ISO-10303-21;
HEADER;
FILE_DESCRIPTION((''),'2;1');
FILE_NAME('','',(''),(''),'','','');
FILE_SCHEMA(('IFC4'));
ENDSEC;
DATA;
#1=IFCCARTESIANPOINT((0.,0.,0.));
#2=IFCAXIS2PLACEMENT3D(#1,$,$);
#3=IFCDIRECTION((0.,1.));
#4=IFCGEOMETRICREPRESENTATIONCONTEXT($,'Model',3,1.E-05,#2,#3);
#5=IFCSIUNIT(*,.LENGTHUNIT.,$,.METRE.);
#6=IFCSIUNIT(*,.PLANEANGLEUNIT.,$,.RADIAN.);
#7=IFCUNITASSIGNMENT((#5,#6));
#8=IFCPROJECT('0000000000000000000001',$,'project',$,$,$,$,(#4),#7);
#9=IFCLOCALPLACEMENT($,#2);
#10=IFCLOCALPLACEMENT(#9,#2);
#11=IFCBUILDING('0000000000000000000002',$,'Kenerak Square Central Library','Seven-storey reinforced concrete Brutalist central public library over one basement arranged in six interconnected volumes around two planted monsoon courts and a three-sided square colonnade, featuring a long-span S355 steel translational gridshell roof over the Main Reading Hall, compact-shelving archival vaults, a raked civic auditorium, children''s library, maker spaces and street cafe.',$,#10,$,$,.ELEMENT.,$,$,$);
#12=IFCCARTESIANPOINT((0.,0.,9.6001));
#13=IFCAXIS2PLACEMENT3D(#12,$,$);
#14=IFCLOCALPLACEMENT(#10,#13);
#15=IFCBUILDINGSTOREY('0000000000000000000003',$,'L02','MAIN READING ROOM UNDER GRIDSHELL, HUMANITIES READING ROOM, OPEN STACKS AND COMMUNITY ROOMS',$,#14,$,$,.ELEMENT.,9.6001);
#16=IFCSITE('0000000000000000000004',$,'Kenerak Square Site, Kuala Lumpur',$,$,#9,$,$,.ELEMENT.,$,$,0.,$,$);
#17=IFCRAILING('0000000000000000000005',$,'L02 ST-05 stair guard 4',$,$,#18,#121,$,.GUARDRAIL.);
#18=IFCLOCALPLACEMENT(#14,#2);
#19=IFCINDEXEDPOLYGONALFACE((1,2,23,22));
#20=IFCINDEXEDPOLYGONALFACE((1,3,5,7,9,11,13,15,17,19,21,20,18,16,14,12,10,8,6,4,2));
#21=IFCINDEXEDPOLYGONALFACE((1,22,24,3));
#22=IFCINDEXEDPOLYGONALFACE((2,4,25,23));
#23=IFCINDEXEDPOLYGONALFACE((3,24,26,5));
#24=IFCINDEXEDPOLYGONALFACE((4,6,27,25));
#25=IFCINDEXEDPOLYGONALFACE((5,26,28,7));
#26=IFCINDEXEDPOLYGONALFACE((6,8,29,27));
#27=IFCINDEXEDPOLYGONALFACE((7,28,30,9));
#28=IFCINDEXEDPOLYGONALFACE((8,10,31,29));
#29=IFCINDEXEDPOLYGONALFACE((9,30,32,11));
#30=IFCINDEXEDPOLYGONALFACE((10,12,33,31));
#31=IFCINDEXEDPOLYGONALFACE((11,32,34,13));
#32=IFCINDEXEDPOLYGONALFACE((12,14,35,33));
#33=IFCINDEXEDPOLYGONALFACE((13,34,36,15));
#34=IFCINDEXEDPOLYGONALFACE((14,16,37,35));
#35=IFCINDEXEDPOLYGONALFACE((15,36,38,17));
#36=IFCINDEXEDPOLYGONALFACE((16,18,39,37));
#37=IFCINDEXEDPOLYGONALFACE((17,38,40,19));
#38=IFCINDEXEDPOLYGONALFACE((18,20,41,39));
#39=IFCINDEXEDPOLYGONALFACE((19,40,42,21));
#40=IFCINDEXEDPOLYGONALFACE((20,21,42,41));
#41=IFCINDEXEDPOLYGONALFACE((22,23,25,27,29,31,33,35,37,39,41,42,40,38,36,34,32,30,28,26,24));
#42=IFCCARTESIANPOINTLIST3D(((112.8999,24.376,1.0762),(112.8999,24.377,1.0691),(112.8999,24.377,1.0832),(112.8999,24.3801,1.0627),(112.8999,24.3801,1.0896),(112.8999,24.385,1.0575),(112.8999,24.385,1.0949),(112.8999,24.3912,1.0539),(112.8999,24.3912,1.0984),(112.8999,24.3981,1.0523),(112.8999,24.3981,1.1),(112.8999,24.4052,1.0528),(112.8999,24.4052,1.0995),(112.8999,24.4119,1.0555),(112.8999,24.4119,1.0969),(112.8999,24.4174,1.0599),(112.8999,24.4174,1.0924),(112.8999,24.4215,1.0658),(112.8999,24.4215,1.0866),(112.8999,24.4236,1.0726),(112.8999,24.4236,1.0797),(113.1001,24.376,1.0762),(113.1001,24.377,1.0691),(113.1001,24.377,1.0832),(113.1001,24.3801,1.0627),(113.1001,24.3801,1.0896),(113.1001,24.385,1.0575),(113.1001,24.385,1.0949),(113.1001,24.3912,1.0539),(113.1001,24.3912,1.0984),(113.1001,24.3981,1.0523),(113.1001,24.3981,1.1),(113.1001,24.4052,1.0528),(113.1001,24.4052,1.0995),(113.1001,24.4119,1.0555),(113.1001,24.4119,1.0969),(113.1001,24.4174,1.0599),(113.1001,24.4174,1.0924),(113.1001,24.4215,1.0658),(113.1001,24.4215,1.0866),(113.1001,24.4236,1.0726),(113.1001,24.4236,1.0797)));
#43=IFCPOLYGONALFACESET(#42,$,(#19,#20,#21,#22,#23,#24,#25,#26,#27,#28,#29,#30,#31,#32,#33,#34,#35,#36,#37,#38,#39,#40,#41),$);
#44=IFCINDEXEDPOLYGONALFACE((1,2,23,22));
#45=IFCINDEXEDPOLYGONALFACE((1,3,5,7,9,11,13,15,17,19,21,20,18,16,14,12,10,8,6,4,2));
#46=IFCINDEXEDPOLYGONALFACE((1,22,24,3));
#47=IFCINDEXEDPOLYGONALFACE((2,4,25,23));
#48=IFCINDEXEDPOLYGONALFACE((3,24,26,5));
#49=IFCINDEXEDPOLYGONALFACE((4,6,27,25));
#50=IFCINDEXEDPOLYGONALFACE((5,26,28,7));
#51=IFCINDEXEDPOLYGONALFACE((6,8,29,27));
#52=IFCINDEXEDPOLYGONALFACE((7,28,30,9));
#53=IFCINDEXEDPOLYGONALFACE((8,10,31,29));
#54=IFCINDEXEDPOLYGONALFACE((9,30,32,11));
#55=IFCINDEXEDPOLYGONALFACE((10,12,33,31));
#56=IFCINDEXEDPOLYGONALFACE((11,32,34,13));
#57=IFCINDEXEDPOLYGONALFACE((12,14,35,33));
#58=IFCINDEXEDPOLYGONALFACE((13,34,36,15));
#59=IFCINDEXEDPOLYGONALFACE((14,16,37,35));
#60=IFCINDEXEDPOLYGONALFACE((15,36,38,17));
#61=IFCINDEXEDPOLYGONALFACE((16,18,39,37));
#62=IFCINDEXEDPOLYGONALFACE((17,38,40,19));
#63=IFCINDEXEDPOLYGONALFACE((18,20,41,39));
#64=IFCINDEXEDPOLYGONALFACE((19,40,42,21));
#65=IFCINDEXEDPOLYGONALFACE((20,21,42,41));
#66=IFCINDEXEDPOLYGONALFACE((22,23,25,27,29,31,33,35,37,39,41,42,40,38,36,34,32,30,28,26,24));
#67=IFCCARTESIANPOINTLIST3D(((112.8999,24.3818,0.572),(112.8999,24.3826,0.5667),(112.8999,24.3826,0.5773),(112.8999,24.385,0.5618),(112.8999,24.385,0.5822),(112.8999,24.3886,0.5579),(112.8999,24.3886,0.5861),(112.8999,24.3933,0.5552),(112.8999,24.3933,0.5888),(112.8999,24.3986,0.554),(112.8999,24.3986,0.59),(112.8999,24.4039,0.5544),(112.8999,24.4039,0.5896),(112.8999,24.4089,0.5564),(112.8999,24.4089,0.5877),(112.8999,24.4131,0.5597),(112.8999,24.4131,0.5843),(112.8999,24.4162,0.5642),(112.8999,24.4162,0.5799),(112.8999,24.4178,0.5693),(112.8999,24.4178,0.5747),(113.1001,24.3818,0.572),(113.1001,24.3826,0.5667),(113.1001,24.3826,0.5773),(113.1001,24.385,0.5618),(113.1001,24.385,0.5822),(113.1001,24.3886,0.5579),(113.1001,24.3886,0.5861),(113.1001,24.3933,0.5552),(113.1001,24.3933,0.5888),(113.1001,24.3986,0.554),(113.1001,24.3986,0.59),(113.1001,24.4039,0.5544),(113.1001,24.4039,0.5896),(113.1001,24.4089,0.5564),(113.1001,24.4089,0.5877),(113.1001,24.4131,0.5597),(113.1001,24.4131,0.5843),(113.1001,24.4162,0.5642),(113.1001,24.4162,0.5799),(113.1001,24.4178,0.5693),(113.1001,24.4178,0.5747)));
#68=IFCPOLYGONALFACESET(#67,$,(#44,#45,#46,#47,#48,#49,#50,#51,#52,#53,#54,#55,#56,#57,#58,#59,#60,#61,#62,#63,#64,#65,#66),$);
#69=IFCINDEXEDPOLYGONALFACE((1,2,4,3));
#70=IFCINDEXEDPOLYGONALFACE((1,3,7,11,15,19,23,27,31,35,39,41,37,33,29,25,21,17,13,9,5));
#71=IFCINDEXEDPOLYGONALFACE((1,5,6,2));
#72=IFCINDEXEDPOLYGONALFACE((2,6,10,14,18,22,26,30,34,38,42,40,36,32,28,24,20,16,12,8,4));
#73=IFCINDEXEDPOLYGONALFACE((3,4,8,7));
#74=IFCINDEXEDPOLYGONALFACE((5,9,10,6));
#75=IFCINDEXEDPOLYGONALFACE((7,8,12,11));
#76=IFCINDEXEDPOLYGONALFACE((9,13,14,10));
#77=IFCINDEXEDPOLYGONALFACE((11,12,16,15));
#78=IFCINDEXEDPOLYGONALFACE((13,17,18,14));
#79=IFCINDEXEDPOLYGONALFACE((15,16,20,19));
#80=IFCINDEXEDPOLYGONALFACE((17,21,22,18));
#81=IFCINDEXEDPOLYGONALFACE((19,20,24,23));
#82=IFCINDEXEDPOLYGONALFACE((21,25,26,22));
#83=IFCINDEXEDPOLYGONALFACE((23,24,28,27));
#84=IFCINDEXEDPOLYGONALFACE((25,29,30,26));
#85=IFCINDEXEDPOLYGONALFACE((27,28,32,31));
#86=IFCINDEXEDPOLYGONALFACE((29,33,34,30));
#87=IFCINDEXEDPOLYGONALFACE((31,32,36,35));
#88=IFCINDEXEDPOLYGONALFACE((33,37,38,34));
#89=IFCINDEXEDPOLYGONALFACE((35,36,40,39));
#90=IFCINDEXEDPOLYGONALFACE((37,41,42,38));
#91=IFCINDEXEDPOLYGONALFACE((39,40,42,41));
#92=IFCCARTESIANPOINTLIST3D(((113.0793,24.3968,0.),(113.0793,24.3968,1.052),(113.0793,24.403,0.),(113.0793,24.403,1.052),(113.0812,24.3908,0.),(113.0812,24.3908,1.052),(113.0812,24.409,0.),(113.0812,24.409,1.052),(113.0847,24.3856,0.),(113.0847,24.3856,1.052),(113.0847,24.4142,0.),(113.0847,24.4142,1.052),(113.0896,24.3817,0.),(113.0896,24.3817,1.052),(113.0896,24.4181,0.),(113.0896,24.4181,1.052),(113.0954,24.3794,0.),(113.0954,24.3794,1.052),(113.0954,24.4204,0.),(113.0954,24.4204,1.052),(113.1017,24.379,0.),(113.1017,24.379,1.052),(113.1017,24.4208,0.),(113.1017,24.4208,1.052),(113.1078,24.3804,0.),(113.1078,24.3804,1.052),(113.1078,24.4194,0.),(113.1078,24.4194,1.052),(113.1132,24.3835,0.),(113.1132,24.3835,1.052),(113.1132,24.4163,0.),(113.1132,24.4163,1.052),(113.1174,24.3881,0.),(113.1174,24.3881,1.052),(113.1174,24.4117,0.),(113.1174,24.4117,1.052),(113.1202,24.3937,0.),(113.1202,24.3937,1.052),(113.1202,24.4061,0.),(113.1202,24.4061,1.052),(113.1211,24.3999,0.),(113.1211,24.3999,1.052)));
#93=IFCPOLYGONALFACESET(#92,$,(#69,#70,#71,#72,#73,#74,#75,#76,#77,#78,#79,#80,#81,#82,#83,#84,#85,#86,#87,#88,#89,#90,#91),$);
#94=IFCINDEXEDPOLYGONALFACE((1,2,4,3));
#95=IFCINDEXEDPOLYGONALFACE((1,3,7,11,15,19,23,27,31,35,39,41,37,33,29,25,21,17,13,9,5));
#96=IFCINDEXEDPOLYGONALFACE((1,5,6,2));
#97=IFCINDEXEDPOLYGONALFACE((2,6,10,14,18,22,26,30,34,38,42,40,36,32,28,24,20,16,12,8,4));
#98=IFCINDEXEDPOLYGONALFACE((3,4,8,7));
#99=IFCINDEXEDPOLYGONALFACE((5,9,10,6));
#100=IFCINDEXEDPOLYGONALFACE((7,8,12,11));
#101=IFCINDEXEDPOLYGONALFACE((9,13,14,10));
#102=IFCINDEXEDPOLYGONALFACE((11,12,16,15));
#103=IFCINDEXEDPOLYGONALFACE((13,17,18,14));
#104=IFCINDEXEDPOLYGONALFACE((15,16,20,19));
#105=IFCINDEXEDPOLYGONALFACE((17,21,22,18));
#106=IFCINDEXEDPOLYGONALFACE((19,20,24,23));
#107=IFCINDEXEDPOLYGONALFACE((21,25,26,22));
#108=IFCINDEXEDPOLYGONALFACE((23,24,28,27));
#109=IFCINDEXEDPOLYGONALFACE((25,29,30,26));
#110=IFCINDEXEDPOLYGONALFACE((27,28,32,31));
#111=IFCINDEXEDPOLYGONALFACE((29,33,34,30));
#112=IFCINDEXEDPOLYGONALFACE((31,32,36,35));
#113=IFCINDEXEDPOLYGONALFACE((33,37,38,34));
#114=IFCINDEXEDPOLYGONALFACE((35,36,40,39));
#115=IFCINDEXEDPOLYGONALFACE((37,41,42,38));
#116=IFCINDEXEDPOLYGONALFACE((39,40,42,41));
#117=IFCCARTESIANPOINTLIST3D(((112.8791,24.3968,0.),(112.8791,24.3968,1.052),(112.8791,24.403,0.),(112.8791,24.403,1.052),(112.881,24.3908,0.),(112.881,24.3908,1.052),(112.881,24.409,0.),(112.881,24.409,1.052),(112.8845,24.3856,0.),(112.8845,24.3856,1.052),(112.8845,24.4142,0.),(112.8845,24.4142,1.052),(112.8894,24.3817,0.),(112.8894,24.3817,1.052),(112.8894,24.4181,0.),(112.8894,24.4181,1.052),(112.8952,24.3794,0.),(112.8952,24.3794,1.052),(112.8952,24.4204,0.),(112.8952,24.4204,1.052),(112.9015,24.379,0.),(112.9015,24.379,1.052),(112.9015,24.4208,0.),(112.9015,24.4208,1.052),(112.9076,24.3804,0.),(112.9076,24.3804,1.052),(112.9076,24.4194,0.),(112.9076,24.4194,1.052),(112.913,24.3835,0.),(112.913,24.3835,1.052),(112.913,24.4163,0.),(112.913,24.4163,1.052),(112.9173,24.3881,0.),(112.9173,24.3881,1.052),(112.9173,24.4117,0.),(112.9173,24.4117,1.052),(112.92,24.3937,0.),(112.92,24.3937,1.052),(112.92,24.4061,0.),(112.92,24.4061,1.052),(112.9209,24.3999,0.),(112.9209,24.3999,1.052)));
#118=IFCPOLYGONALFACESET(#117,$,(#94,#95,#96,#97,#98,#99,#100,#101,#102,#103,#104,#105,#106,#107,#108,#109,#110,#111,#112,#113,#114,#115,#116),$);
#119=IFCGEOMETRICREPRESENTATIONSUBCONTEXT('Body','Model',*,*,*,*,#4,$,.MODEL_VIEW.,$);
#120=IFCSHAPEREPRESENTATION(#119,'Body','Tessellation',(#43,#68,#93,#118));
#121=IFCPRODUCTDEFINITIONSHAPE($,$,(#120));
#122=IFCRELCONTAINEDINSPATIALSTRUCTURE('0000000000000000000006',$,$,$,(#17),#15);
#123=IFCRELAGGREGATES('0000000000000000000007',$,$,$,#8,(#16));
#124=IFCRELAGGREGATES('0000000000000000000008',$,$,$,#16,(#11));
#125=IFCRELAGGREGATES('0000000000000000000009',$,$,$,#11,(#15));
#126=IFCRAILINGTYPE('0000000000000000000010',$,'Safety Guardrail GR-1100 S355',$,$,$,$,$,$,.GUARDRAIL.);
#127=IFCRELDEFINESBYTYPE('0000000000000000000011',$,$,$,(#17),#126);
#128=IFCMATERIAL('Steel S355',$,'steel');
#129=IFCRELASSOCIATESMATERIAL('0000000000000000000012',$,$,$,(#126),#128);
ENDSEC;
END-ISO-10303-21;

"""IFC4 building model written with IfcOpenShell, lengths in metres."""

from ifc_helpers import new_model, si_unit, direction, frame, origin, origin_2d, place, context, subcontext, project, spatial, circle, extrude, material, type_object, element, save


model = new_model("IFC4")

# Units and contexts
model_context = context("Model", 3, precision=1e-05, world=origin(), true_north=direction((0.0, 1.0)))
body_context = subcontext(model_context, "Body", "Model", "MODEL_VIEW")
ifc_project = project(units=[si_unit("LENGTHUNIT", "METRE"), si_unit("PLANEANGLEUNIT", "RADIAN")], contexts=[model_context])

# Site, building, storey
site_placement = place(None, origin())
site = spatial("IfcSite", under=ifc_project, at=site_placement, Name="Kenerak Square Site, Kuala Lumpur", CompositionType="ELEMENT", RefElevation=0.0)
building_placement = place(site_placement, origin())
building = spatial("IfcBuilding", under=site, at=building_placement, Name="Kenerak Square Central Library", Description="Seven-storey reinforced concrete Brutalist central public library over one basement arranged in six interconnected volumes around two planted monsoon courts and a three-sided square colonnade, featuring a long-span S355 steel translational gridshell roof over the Main Reading Hall, compact-shelving archival vaults, a raked civic auditorium, children's library, maker spaces and street cafe.", CompositionType="ELEMENT")
storey_placement = place(building_placement, frame((0.0, 0.0, 9.6001)))
storey = spatial("IfcBuildingStorey", under=building, at=storey_placement, Name="L02", Description="MAIN READING ROOM UNDER GRIDSHELL, HUMANITIES READING ROOM, OPEN STACKS AND COMMUNITY ROOMS", CompositionType="ELEMENT", Elevation=9.6001)

# Shared definitions
ifc_material_1 = material(Name="Steel S355", Category="steel")

# Railing
railing_type_1 = type_object("IfcRailingType", Name="Safety Guardrail GR-1100 S355", PredefinedType="GUARDRAIL", material=ifc_material_1)
railing_1_placement = place(storey_placement, frame((113.1001, 24.3999, 0.0)))
element("IfcRailing", 1, at=railing_1_placement, inside=storey, type_object=railing_type_1, Name="L02 ST-05 stair guard 4", PredefinedType="GUARDRAIL", context=body_context, shape_type="SweptSolid", body=[
    extrude(circle(Radius=0.0239, at=origin_2d()), frame((0.0, 0.0, 1.0762), z_axis=(-1.0, 0.0, 0.0), x_axis=(0.0, -1.0, 0.0)), (0.0, 0.0, 1.0), 0.2002),
    extrude(circle(Radius=0.0181, at=origin_2d()), frame((0.0, 0.0, 0.572), z_axis=(-1.0, 0.0, 0.0), x_axis=(0.0, -1.0, 0.0)), (0.0, 0.0, 1.0), 0.2002),
    extrude(circle(Radius=0.021, at=origin_2d()), origin(), (0.0, 0.0, 1.0), 1.052),
    extrude(circle(Radius=0.021, at=origin_2d()), frame((-0.2002, 0.0, 0.0)), (0.0, 0.0, 1.0), 1.052),
])

save(model, "model.ifc")
